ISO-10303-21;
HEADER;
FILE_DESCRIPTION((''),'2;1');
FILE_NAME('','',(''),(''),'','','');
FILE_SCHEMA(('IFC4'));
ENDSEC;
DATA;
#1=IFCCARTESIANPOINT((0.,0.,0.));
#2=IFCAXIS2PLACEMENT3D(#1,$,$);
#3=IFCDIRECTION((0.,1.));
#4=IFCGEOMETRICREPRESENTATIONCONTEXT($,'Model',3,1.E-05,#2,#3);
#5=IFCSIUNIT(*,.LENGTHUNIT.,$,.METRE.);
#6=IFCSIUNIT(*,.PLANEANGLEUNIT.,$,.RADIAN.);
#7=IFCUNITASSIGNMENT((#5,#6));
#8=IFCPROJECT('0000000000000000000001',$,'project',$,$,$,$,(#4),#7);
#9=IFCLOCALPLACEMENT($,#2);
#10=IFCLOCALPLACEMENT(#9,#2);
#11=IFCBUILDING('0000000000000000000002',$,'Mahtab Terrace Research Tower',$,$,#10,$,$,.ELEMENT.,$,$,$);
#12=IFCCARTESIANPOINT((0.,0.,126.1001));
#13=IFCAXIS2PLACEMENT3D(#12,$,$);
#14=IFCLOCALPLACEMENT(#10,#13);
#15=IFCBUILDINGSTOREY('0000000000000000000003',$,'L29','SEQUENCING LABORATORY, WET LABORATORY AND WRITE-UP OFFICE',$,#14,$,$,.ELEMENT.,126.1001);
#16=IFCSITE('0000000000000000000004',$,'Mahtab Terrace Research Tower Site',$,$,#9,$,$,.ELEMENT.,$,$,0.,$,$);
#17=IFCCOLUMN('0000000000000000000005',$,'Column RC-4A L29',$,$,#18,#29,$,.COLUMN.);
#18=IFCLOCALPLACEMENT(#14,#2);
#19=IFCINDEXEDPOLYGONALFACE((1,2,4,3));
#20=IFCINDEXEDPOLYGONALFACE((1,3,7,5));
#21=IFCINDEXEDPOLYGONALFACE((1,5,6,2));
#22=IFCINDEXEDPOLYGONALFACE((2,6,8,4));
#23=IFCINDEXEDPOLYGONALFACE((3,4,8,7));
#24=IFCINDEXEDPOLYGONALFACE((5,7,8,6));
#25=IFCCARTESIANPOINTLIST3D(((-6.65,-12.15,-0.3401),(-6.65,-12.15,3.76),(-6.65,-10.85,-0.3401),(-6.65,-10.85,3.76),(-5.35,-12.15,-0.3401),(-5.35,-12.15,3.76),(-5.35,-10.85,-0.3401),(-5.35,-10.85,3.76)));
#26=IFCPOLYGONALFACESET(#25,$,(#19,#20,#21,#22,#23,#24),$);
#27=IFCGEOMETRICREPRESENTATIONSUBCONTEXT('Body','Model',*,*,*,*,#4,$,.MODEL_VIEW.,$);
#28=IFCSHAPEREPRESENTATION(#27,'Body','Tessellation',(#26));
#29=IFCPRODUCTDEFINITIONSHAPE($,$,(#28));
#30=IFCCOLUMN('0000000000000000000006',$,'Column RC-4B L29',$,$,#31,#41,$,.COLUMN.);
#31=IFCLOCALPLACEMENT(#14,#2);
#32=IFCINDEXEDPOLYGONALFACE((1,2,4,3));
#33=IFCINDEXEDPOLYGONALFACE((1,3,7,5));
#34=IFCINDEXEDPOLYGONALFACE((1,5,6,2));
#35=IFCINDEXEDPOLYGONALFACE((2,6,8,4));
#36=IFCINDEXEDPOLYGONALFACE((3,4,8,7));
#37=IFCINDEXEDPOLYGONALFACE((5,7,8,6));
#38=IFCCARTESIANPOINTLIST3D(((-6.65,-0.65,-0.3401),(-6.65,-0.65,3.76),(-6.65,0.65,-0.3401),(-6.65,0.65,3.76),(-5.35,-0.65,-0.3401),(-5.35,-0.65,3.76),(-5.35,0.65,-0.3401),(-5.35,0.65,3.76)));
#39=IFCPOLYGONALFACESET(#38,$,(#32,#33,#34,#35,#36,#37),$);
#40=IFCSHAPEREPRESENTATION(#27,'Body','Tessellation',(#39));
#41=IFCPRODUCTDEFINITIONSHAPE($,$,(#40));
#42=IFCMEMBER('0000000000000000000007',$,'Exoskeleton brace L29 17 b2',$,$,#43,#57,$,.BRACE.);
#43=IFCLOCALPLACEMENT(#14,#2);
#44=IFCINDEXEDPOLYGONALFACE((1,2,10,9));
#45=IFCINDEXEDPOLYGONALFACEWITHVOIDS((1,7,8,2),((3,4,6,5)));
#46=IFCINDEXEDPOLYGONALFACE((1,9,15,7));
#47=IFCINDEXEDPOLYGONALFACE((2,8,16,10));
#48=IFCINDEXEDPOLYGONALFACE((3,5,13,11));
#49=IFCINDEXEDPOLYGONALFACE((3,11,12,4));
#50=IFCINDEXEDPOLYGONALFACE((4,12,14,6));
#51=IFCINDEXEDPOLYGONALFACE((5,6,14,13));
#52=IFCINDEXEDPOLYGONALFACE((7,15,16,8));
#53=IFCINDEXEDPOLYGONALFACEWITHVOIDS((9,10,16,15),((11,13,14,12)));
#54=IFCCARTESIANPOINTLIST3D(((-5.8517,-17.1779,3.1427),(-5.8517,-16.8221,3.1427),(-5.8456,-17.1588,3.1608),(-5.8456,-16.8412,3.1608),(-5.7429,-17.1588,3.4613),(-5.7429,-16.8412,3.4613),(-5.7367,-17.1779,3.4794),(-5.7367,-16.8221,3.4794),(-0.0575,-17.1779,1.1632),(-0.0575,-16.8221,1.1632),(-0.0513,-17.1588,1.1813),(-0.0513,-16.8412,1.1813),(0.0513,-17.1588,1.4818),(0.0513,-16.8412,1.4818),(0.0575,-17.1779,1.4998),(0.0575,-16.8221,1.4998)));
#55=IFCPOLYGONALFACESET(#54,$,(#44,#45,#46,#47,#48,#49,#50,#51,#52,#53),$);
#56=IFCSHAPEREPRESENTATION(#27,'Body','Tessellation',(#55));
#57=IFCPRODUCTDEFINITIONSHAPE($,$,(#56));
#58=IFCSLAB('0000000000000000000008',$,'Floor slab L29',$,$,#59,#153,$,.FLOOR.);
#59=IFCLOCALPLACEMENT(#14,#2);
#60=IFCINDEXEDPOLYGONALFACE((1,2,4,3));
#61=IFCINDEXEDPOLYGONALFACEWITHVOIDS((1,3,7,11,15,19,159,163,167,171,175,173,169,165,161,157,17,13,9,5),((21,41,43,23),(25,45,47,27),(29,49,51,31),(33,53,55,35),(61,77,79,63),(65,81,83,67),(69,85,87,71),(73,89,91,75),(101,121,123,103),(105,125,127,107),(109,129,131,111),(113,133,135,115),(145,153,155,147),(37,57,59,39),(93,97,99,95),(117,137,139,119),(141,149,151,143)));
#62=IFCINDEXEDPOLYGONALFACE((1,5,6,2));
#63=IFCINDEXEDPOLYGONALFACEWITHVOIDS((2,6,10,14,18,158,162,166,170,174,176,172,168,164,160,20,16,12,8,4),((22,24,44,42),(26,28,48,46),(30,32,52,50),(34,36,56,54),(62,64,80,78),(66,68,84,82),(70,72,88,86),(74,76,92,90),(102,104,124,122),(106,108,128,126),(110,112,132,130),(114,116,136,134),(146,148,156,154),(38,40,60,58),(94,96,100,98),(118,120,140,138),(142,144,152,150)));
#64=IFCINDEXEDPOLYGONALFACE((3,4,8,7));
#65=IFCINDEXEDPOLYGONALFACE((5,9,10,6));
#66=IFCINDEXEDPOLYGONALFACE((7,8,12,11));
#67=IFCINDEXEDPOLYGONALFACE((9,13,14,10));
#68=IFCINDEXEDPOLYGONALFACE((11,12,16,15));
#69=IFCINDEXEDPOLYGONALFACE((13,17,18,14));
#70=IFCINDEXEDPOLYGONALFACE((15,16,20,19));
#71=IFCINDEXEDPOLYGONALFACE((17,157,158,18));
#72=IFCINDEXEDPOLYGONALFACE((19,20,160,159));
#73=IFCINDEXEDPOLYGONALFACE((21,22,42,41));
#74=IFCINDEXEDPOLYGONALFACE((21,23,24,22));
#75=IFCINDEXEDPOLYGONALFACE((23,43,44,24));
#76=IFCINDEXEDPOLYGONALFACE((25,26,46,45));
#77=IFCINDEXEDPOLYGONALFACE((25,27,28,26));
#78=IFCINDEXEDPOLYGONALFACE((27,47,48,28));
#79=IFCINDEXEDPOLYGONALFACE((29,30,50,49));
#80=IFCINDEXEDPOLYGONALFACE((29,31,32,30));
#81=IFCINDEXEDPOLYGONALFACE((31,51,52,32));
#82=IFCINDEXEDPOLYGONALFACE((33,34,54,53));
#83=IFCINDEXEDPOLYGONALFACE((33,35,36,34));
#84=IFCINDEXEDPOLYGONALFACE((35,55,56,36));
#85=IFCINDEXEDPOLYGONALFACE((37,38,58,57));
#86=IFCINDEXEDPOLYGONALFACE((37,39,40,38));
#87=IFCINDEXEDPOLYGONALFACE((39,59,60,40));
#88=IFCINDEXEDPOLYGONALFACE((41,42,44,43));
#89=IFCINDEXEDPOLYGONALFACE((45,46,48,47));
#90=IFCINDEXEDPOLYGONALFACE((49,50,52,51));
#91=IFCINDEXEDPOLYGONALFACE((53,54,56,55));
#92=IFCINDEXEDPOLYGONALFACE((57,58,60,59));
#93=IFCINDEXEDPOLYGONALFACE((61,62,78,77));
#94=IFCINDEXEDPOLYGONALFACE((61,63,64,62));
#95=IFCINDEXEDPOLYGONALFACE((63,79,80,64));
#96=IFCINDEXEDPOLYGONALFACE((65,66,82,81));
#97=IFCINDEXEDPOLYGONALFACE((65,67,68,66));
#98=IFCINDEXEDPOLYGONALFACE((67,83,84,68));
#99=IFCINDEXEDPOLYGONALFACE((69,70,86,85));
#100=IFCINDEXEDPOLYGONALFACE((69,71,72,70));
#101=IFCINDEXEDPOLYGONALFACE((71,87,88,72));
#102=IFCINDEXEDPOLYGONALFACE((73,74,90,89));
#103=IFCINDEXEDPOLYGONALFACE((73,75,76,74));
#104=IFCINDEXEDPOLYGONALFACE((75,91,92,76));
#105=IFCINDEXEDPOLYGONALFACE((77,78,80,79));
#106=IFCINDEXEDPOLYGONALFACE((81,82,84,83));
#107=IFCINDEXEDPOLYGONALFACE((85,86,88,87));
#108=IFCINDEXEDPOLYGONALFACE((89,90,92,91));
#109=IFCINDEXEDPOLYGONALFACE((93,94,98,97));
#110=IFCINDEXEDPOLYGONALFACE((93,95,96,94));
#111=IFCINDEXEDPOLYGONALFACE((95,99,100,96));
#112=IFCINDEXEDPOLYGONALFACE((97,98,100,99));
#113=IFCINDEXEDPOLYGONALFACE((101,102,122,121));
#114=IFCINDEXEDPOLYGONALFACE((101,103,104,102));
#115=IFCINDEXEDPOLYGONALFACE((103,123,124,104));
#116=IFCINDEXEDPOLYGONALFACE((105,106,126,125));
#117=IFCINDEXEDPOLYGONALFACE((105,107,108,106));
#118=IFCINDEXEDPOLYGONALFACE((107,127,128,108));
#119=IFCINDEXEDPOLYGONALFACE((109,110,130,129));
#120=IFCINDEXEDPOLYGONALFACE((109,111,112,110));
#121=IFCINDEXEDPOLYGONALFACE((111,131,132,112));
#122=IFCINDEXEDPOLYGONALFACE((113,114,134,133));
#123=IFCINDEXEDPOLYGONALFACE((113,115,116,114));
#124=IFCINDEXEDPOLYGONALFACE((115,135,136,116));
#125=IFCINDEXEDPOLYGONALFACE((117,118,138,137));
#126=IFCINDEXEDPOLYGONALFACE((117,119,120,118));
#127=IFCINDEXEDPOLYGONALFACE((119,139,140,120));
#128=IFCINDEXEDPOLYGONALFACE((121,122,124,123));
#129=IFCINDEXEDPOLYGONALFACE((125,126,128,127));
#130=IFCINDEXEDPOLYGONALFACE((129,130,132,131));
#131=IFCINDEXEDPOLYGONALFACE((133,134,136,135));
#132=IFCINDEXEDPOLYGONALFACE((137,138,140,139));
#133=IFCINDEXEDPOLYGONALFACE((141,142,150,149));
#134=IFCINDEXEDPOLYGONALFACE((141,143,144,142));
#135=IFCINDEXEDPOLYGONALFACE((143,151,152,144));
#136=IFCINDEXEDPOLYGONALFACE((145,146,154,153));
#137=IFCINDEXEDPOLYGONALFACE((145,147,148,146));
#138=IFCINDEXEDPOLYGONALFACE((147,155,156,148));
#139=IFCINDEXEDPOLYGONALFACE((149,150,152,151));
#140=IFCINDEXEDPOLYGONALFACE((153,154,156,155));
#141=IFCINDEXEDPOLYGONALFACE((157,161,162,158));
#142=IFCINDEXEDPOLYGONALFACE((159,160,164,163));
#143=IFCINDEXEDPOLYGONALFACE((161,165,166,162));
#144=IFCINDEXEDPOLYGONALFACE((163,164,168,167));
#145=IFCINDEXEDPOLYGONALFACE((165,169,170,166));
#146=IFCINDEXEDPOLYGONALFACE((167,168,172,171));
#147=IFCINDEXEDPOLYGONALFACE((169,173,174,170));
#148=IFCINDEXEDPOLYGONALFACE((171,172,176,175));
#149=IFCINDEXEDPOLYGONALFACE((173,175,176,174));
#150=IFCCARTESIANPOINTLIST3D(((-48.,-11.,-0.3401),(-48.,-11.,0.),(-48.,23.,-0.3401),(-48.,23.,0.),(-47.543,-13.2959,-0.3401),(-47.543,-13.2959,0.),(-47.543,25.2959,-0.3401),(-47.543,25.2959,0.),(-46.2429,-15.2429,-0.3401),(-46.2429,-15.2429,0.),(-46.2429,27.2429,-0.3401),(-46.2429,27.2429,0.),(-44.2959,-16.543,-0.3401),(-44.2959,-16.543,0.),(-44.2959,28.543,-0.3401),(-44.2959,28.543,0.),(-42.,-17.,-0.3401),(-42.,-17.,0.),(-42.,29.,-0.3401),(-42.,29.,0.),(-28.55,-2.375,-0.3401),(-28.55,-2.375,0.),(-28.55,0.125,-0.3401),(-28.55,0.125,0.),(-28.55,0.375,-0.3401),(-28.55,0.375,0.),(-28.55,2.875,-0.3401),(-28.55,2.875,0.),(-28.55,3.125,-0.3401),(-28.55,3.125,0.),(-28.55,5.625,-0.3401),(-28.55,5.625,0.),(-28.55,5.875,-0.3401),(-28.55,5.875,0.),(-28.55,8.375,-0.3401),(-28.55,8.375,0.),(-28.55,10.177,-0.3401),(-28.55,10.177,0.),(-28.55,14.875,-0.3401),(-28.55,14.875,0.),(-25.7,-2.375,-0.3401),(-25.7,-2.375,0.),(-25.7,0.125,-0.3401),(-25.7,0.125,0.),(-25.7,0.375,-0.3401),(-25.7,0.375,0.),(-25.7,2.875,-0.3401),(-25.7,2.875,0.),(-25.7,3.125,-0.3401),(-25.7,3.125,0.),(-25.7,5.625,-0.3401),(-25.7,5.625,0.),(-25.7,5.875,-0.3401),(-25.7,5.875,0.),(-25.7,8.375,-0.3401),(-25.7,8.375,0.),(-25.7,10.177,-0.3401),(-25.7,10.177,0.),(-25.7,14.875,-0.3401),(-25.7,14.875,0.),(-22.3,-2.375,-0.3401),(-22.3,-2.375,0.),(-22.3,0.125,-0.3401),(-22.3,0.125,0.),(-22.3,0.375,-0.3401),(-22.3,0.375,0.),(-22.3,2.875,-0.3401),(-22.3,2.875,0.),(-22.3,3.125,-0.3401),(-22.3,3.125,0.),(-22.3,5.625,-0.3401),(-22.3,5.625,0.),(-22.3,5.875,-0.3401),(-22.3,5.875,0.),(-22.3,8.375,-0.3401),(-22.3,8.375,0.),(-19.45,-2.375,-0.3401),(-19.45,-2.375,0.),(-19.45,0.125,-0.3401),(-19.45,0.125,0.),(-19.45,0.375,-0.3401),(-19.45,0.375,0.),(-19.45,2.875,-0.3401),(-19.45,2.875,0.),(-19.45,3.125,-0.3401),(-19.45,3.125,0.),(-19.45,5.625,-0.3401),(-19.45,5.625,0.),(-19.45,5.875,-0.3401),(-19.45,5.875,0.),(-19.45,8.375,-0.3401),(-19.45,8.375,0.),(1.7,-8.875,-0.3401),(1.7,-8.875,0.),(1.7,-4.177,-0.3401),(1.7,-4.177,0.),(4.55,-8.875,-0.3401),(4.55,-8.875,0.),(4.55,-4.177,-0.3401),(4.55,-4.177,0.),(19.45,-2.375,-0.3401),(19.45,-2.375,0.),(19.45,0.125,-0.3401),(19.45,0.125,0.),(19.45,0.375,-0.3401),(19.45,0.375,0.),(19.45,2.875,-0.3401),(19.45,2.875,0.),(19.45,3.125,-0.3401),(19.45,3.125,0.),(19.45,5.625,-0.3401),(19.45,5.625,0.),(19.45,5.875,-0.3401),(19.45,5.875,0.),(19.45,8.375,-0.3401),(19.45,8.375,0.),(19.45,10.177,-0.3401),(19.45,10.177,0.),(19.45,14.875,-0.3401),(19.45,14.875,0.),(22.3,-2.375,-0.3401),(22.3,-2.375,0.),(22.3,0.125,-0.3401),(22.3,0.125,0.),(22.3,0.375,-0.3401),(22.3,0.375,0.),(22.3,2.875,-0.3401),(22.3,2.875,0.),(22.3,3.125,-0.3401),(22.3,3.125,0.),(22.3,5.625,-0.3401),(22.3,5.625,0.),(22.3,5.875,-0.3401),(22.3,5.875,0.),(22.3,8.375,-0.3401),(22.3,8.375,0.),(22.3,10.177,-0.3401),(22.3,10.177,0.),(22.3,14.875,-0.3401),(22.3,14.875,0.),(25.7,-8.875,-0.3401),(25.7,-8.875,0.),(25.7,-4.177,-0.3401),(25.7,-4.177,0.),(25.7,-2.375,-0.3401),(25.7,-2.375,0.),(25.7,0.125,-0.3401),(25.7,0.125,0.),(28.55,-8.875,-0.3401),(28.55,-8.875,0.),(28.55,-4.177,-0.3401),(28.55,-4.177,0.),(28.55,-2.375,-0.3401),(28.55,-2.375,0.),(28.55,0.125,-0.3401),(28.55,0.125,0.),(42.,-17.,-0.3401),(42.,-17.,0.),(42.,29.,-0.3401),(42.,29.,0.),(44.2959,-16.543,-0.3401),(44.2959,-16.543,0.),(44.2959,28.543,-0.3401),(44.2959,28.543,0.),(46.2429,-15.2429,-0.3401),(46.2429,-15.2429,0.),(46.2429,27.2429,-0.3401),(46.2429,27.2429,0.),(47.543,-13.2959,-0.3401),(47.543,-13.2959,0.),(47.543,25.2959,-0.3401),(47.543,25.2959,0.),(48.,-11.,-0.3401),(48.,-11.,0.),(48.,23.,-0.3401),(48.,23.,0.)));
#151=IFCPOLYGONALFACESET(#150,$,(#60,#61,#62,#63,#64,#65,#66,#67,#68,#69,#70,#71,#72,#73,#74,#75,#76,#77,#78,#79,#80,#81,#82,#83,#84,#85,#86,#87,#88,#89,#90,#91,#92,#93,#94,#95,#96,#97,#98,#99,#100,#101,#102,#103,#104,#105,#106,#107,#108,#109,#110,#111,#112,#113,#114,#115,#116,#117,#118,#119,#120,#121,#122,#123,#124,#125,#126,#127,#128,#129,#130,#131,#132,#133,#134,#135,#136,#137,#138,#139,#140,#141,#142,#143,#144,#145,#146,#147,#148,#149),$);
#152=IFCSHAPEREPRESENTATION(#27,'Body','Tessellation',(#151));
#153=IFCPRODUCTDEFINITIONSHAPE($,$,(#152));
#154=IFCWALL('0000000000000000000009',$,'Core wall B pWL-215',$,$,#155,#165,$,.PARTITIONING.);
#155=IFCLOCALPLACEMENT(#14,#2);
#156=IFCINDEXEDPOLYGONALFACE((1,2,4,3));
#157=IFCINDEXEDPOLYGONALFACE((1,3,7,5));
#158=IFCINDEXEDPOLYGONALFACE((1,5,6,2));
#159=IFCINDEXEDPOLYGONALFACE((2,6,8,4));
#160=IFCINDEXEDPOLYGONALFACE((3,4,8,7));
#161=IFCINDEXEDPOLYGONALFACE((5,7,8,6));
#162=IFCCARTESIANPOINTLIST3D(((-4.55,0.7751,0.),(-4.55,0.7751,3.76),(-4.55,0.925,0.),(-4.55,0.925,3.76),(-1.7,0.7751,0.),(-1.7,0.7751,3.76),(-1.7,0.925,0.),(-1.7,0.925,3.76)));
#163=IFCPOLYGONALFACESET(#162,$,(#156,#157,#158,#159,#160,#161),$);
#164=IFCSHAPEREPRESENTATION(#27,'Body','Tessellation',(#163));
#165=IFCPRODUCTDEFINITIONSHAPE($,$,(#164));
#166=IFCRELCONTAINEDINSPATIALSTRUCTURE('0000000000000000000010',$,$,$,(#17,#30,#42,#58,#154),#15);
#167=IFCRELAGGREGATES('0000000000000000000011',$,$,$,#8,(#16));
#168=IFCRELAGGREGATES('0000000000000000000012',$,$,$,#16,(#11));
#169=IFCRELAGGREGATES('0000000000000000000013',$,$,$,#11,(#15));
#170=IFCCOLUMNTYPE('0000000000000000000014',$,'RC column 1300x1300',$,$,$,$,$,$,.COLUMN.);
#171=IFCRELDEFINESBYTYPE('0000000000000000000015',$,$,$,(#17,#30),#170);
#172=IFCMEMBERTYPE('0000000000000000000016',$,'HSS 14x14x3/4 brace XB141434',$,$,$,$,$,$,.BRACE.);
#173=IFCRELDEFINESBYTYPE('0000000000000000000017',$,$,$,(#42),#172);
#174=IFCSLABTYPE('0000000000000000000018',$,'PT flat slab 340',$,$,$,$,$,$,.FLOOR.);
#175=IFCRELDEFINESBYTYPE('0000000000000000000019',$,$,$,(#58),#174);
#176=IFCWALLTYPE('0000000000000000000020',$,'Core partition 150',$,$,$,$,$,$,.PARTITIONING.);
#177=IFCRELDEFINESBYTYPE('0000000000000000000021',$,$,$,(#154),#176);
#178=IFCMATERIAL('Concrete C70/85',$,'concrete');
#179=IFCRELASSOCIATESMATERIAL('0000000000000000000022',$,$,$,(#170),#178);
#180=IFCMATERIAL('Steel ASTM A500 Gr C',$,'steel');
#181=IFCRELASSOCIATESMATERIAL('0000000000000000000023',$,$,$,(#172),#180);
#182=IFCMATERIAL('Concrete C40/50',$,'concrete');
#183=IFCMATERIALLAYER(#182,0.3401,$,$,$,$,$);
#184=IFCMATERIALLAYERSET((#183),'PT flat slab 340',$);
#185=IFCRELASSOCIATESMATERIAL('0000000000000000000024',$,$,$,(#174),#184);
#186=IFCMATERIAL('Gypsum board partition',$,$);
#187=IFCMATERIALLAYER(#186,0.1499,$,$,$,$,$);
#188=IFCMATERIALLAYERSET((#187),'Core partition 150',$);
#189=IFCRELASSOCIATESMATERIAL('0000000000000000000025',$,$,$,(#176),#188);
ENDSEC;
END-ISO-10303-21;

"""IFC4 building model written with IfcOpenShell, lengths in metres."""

from ifc_helpers import new_model, si_unit, direction, frame, frame_2d, origin, origin_2d, place, context, subcontext, project, spatial, polyline, rectangle, hollow_rectangle, outline, extrude, material, layer, layer_set, material_profile, profile_set, type_object, element, save


model = new_model("IFC4")

# Units and contexts
model_context = context("Model", 3, precision=1e-05, world=origin(), true_north=direction((0.0, 1.0)))
body_context = subcontext(model_context, "Body", "Model", "MODEL_VIEW")
ifc_project = project(units=[si_unit("LENGTHUNIT", "METRE"), si_unit("PLANEANGLEUNIT", "RADIAN")], contexts=[model_context])

# Site, building, storey
site_placement = place(None, origin())
site = spatial("IfcSite", under=ifc_project, at=site_placement, Name="Mahtab Terrace Research Tower Site", CompositionType="ELEMENT", RefElevation=0.0)
building_placement = place(site_placement, origin())
building = spatial("IfcBuilding", under=site, at=building_placement, Name="Mahtab Terrace Research Tower", CompositionType="ELEMENT")
storey_placement = place(building_placement, frame((0.0, 0.0, 126.1001)))
storey = spatial("IfcBuildingStorey", under=building, at=storey_placement, Name="L29", Description="SEQUENCING LABORATORY, WET LABORATORY AND WRITE-UP OFFICE", CompositionType="ELEMENT", Elevation=126.1001)

# Columns
ifc_material_1 = material(Name="Concrete C70/85", Category="concrete")
ifc_material_profile_1 = material_profile(ifc_material_1, rectangle(XDim=1.3, YDim=1.3, at=origin_2d()), Name="RC column 1300x1300")
ifc_profile_set_1 = profile_set([ifc_material_profile_1], Name="Concrete C70/85")
column_type = type_object("IfcColumnType", Name="RC column 1300x1300", PredefinedType="COLUMN", material=ifc_profile_set_1)
for number, where, z_axis, x_axis, name in (
    (1, (-6.0, -11.5, -0.3401), (0.0, 0.0, 1.0), (1.0, 0.0, 0.0), "Column RC-4A L29"),
    (2, (-6.0, 0.0, -0.3401), (0.0, 0.0, 1.0), (1.0, 0.0, 0.0), "Column RC-4B L29"),
):
    element("IfcColumn", number, at=place(storey_placement, frame(where, z_axis=z_axis, x_axis=x_axis)), inside=storey, type_object=column_type, Name=name, PredefinedType="COLUMN", context=body_context, shape_type="SweptSolid", body=[
        extrude(rectangle(XDim=1.3, YDim=1.3, at=origin_2d()), origin(), (0.0, 0.0, 1.0), 4.1001),
    ])

# Member
ifc_material_2 = material(Name="Steel ASTM A500 Gr C", Category="steel")
ifc_material_profile_2 = material_profile(ifc_material_2, hollow_rectangle(XDim=0.3557, YDim=0.3557, WallThickness=0.019, at=origin_2d()), Name="HSS14X14X3/4")
ifc_profile_set_2 = profile_set([ifc_material_profile_2], Name="Steel ASTM A500 Gr C")
member_type = type_object("IfcMemberType", Name="HSS 14x14x3/4 brace XB141434", PredefinedType="BRACE", material=ifc_profile_set_2)
member_placement = place(storey_placement, frame((0.0, -17.0, 1.3315), z_axis=(-0.9463, 0.0, 0.323288), x_axis=(0.0, -1.0, 0.0)))
element("IfcMember", 3, at=member_placement, inside=storey, type_object=member_type, Name="Exoskeleton brace L29 17 b2", PredefinedType="BRACE", context=body_context, shape_type="SweptSolid", body=[
    extrude(hollow_rectangle(XDim=0.3557, YDim=0.3557, WallThickness=0.019, at=origin_2d()), origin(), (0.0, 0.0, 1.0), 6.123),
])

# Slab
ifc_material_3 = material(Name="Concrete C40/50", Category="concrete")
ifc_layer_1 = layer(ifc_material_3, 0.3401)
ifc_layer_set_1 = layer_set([ifc_layer_1], Name="PT flat slab 340")
slab_type = type_object("IfcSlabType", Name="PT flat slab 340", PredefinedType="FLOOR", material=ifc_layer_set_1)
slab_placement = place(storey_placement, frame((0.0, 0.0, -0.3401)))
element("IfcSlab", 4, at=slab_placement, inside=storey, type_object=slab_type, Name="Floor slab L29", PredefinedType="FLOOR", context=body_context, shape_type="SweptSolid", body=[
    extrude(outline(polyline([(47.543, 25.2959), (46.2429, 27.2429), (44.2959, 28.543), (42.0, 29.0), (-42.0, 29.0), (-44.2959, 28.543), (-46.2429, 27.2429), (-47.543, 25.2959), (-48.0, 23.0), (-48.0, -11.0), (-47.543, -13.2959), (-46.2429, -15.2429), (-44.2959, -16.543), (-42.0, -17.0), (42.0, -17.0), (44.2959, -16.543), (46.2429, -15.2429), (47.543, -13.2959), (48.0, -11.0), (48.0, 23.0), (47.543, 25.2959)]), holes=[polyline([(-28.55, -2.375), (-28.55, 0.125), (-25.7, 0.125), (-25.7, -2.375), (-28.55, -2.375)]), polyline([(-22.3, -2.375), (-22.3, 0.125), (-19.45, 0.125), (-19.45, -2.375), (-22.3, -2.375)]), polyline([(-28.55, 0.375), (-28.55, 2.875), (-25.7, 2.875), (-25.7, 0.375), (-28.55, 0.375)]), polyline([(-22.3, 0.375), (-22.3, 2.875), (-19.45, 2.875), (-19.45, 0.375), (-22.3, 0.375)]), polyline([(-28.55, 3.125), (-28.55, 5.625), (-25.7, 5.625), (-25.7, 3.125), (-28.55, 3.125)]), polyline([(-22.3, 3.125), (-22.3, 5.625), (-19.45, 5.625), (-19.45, 3.125), (-22.3, 3.125)]), polyline([(-28.55, 5.875), (-28.55, 8.375), (-25.7, 8.375), (-25.7, 5.875), (-28.55, 5.875)]), polyline([(-22.3, 5.875), (-22.3, 8.375), (-19.45, 8.375), (-19.45, 5.875), (-22.3, 5.875)]), polyline([(-28.55, 10.177), (-28.55, 14.875), (-25.7, 14.875), (-25.7, 10.177), (-28.55, 10.177)]), polyline([(1.7, -8.875), (1.7, -4.177), (4.55, -4.177), (4.55, -8.875), (1.7, -8.875)]), polyline([(25.7, -8.875), (25.7, -4.177), (28.55, -4.177), (28.55, -8.875), (25.7, -8.875)]), polyline([(19.45, -2.375), (19.45, 0.125), (22.3, 0.125), (22.3, -2.375), (19.45, -2.375)]), polyline([(25.7, -2.375), (25.7, 0.125), (28.55, 0.125), (28.55, -2.375), (25.7, -2.375)]), polyline([(19.45, 0.375), (19.45, 2.875), (22.3, 2.875), (22.3, 0.375), (19.45, 0.375)]), polyline([(19.45, 3.125), (19.45, 5.625), (22.3, 5.625), (22.3, 3.125), (19.45, 3.125)]), polyline([(19.45, 8.375), (22.3, 8.375), (22.3, 5.875), (19.45, 5.875), (19.45, 8.375)]), polyline([(19.45, 14.875), (22.3, 14.875), (22.3, 10.177), (19.45, 10.177), (19.45, 14.875)])]), origin(), (0.0, 0.0, 1.0), 0.3401),
])

# Wall
ifc_material_4 = material(Name="Gypsum board partition")
ifc_layer_2 = layer(ifc_material_4, 0.1499)
ifc_layer_set_2 = layer_set([ifc_layer_2], Name="Core partition 150")
wall_type_1 = type_object("IfcWallType", Name="Core partition 150", PredefinedType="PARTITIONING", material=ifc_layer_set_2)
wall_1_placement = place(storey_placement, frame((-4.55, 0.8501, 0.0), z_axis=(0.0, 0.0, 1.0), x_axis=(1.0, 0.0, 0.0)))
element("IfcWall", 5, at=wall_1_placement, inside=storey, type_object=wall_type_1, Name="Core wall B pWL-215", PredefinedType="PARTITIONING", context=body_context, shape_type="SweptSolid", body=[
    extrude(rectangle(XDim=2.8501, YDim=0.1499, at=frame_2d((1.425, 0.0))), origin(), (0.0, 0.0, 1.0), 3.76),
])

save(model, "model.ifc")
